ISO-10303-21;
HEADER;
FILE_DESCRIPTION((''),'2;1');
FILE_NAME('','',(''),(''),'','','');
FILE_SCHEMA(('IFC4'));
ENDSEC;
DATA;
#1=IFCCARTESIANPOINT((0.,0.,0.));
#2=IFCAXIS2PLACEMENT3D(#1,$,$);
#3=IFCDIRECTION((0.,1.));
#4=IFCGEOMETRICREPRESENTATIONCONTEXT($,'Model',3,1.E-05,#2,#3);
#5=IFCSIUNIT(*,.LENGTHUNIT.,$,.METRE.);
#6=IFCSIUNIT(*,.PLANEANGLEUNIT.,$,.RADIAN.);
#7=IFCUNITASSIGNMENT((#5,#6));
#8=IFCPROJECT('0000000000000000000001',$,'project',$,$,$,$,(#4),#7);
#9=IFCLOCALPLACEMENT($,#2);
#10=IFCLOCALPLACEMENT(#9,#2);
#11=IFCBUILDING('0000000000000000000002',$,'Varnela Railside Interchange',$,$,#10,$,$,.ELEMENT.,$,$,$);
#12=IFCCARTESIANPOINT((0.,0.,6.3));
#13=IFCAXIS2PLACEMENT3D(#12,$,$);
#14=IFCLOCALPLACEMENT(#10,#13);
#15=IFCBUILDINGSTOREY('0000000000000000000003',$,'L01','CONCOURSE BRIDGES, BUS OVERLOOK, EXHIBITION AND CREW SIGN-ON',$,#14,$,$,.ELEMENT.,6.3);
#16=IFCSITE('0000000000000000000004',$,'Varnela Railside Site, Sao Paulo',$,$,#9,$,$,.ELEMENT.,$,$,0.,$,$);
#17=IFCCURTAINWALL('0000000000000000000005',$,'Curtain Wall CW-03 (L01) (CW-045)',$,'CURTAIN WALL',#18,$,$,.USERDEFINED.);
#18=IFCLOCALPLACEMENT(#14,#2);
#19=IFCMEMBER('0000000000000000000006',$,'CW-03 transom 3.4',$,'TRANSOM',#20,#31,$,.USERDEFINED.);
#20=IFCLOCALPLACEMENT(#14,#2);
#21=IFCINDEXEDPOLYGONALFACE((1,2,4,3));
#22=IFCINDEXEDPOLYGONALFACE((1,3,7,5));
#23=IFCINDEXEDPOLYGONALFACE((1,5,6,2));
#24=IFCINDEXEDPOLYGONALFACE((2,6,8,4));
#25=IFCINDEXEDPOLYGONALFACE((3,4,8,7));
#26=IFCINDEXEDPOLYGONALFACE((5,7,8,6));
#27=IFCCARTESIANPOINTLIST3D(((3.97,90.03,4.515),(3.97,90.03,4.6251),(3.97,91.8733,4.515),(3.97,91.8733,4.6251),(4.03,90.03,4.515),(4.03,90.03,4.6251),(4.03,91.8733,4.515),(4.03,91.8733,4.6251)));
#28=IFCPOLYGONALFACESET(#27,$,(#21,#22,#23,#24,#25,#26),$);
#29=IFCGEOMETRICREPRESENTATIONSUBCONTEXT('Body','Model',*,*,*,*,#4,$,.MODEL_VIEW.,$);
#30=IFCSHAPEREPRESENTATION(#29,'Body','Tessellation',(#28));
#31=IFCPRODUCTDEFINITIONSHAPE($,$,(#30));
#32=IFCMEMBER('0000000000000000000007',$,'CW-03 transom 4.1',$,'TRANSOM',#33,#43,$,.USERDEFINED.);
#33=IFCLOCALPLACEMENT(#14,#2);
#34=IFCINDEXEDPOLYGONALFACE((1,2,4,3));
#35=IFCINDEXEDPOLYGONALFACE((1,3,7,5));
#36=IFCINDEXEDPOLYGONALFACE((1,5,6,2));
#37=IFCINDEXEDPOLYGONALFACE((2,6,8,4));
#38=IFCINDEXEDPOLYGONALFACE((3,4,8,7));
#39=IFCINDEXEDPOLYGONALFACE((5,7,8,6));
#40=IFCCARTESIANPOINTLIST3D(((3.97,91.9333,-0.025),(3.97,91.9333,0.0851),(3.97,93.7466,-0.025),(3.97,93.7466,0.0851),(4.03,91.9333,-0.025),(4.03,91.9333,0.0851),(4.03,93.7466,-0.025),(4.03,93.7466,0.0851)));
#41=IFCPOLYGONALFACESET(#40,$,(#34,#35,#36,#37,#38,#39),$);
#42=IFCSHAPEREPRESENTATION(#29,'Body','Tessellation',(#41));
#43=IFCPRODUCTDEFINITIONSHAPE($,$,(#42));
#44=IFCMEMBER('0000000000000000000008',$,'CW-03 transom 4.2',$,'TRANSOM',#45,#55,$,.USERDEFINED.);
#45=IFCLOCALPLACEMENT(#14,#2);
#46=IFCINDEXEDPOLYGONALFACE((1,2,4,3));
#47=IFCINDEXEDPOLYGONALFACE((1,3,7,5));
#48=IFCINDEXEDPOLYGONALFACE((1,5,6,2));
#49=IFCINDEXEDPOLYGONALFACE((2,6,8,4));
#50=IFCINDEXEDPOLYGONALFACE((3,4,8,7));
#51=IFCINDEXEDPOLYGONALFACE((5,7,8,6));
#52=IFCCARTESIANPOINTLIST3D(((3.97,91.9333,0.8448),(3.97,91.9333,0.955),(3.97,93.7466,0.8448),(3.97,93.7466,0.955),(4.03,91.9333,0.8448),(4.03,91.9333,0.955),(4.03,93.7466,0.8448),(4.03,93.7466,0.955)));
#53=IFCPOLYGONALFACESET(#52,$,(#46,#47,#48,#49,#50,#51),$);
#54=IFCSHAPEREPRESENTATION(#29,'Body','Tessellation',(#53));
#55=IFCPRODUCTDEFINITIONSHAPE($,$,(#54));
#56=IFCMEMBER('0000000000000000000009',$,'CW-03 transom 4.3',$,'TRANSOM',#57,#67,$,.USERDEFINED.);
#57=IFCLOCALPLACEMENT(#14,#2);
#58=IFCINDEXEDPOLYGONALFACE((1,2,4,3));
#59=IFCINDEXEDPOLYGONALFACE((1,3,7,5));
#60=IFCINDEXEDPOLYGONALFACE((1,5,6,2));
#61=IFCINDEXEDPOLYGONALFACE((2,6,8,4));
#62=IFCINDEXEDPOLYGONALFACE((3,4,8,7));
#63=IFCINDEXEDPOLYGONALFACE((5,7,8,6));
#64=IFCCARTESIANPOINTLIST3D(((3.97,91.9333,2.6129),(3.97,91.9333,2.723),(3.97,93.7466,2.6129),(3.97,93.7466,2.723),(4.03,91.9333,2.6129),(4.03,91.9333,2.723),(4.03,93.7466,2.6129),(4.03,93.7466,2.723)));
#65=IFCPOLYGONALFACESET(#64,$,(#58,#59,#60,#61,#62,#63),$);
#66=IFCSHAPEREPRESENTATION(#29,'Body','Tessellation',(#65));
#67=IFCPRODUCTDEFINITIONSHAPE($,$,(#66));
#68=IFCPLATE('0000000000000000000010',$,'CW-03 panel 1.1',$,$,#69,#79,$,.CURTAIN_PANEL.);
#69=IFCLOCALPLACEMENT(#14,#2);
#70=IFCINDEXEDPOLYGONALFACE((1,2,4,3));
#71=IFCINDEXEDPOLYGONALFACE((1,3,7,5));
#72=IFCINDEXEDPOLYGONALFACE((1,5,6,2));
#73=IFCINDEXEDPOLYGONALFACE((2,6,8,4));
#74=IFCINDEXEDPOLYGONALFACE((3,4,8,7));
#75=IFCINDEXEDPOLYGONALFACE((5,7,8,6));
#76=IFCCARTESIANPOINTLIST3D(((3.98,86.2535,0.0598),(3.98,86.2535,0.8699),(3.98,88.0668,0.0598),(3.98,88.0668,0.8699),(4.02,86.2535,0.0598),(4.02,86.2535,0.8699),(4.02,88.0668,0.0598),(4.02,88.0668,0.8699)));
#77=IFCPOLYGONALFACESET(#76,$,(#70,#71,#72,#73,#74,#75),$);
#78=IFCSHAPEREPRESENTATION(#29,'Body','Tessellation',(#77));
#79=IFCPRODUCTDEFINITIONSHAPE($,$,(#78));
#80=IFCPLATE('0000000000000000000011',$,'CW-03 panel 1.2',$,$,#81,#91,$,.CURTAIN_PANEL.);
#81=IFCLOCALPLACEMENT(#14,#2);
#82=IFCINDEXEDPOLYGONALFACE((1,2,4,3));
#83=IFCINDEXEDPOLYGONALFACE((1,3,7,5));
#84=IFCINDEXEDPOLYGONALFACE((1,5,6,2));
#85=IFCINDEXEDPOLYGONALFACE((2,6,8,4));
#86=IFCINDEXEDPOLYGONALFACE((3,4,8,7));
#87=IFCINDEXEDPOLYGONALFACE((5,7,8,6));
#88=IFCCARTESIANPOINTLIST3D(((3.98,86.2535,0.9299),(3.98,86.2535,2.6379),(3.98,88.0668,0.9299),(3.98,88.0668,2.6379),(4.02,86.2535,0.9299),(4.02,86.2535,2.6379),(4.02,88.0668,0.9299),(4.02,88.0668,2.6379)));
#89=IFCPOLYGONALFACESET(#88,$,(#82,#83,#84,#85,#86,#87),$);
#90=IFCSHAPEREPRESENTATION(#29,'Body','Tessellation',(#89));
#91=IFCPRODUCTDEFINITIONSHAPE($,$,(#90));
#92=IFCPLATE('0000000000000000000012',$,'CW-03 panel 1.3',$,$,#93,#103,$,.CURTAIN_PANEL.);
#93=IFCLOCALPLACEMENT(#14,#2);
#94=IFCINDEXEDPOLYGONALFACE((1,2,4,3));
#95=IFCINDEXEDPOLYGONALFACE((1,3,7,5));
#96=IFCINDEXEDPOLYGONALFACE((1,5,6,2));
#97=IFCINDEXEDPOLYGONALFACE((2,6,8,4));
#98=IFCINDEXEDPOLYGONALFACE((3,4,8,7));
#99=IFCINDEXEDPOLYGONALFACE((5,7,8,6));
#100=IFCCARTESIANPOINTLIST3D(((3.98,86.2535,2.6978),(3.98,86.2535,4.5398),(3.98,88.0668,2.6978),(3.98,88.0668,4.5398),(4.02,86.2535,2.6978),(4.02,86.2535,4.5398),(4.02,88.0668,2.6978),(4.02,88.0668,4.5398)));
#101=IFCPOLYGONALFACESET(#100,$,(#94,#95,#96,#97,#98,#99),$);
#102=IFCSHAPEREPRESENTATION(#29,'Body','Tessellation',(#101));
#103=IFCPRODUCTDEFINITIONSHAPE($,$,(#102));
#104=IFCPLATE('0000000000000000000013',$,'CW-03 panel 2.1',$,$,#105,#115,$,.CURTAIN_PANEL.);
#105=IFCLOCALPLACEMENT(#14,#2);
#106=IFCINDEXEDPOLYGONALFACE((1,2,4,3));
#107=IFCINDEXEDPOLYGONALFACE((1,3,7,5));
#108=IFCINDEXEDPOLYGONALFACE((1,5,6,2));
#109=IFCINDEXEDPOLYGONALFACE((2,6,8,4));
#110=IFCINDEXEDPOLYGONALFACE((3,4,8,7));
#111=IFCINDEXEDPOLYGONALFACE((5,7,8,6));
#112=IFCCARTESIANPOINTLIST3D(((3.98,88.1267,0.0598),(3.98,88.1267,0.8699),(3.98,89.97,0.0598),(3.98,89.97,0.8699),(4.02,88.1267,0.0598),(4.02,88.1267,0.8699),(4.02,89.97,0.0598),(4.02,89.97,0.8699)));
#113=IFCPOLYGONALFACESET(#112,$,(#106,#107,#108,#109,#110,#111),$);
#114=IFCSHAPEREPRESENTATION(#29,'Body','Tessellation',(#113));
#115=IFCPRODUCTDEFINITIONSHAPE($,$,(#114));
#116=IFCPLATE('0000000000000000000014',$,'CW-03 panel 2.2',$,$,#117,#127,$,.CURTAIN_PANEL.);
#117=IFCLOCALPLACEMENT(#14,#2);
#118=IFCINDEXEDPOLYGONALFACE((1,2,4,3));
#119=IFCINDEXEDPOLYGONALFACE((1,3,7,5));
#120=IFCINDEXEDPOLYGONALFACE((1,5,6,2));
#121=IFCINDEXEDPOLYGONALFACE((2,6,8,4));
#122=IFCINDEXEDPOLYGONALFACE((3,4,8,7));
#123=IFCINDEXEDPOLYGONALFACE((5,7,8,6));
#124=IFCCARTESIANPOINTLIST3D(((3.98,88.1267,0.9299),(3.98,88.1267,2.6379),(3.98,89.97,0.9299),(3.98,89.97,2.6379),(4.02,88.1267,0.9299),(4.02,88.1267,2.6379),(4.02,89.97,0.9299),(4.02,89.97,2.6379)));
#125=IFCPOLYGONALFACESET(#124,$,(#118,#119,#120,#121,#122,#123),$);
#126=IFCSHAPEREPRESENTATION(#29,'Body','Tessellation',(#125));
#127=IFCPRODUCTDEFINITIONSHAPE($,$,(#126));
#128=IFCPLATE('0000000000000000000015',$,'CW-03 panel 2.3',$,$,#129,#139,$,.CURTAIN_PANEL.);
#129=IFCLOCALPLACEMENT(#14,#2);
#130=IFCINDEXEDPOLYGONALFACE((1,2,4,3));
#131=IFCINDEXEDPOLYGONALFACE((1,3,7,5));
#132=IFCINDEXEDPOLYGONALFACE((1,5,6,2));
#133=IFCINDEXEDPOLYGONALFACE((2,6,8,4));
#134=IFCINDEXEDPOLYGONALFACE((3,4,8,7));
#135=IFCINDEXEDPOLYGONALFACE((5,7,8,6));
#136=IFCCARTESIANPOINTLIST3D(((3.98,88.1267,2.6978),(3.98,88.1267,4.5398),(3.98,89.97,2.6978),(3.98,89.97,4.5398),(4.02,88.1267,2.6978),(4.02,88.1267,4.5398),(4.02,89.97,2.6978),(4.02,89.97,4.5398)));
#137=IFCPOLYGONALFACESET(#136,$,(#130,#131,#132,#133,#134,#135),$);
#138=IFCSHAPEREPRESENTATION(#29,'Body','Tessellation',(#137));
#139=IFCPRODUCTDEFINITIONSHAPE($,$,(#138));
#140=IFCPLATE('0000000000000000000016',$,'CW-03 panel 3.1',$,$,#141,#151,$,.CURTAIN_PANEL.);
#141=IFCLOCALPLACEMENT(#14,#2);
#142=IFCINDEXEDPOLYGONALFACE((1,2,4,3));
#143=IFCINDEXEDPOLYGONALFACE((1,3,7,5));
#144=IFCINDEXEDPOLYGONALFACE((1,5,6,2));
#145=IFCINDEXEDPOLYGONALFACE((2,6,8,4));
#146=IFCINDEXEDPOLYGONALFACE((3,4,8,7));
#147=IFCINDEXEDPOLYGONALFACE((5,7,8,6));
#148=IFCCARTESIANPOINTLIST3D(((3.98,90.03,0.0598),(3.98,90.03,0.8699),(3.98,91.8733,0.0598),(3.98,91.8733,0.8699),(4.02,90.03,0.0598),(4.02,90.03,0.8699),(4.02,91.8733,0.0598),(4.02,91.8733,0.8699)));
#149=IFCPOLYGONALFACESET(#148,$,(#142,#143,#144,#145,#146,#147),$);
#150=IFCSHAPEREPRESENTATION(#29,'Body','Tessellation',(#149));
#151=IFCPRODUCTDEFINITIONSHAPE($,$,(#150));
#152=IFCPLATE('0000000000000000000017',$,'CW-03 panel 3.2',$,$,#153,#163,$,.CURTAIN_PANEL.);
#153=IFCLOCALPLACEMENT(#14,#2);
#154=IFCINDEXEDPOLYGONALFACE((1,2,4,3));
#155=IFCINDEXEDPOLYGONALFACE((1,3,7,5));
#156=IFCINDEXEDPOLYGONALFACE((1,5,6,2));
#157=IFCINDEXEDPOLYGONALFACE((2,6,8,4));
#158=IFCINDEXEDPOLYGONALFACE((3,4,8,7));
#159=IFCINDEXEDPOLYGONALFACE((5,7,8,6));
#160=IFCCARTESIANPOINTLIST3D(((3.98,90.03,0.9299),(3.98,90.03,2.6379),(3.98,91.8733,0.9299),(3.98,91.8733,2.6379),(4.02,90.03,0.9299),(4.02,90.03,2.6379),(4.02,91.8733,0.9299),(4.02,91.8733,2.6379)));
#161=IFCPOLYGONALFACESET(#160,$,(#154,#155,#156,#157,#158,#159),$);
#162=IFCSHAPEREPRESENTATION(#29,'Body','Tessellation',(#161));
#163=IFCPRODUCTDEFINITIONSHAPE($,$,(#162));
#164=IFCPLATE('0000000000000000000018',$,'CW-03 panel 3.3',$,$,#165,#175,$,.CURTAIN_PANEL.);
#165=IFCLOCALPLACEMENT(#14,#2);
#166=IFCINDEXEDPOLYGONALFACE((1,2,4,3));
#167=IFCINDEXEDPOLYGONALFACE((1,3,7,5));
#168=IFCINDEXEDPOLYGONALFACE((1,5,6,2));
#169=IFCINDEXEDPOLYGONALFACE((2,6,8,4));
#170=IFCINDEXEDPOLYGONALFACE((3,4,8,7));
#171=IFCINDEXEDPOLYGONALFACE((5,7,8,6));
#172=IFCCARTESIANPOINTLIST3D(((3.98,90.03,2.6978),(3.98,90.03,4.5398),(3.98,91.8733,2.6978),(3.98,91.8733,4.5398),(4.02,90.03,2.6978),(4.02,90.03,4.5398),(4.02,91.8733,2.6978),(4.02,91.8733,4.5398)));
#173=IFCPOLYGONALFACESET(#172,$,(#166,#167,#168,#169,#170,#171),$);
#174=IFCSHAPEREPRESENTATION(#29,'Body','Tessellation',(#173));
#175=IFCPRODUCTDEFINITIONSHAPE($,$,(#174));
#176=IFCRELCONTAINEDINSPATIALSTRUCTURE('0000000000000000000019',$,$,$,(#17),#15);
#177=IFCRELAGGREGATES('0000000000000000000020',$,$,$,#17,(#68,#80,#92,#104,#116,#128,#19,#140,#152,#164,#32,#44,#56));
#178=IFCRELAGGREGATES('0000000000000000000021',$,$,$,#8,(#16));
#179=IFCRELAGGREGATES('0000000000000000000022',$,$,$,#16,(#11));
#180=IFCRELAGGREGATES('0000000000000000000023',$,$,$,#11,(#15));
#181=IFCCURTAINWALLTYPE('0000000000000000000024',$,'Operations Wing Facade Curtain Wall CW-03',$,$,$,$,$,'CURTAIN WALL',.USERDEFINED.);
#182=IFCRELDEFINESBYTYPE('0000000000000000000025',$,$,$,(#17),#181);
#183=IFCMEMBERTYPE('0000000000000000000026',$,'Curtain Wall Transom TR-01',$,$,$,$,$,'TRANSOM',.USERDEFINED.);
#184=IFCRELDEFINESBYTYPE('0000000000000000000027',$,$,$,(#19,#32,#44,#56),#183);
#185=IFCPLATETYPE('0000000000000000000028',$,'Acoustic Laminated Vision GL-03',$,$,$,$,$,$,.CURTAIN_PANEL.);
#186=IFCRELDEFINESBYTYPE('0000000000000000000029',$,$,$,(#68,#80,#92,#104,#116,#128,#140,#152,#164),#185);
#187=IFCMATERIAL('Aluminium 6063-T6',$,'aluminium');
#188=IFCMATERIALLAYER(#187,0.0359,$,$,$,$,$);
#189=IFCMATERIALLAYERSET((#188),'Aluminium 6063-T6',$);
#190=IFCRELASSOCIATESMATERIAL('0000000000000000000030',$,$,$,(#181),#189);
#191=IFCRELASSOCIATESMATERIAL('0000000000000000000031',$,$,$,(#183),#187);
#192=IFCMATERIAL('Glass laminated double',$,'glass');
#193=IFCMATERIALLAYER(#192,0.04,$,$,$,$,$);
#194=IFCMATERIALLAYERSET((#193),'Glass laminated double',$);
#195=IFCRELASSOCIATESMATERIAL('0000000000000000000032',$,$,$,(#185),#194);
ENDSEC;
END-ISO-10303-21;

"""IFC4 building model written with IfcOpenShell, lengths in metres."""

from ifc_helpers import new_model, si_unit, direction, frame, origin, origin_2d, place, context, subcontext, project, spatial, rectangle, extrude, material, layer, layer_set, material_profile, profile_set, type_object, element, aggregate, save


model = new_model("IFC4")

# Units and contexts
model_context = context("Model", 3, precision=1e-05, world=origin(), true_north=direction((0.0, 1.0)))
body_context = subcontext(model_context, "Body", "Model", "MODEL_VIEW")
ifc_project = project(units=[si_unit("LENGTHUNIT", "METRE"), si_unit("PLANEANGLEUNIT", "RADIAN")], contexts=[model_context])

# Site, building, storey
site_placement = place(None, origin())
site = spatial("IfcSite", under=ifc_project, at=site_placement, Name="Varnela Railside Site, Sao Paulo", CompositionType="ELEMENT", RefElevation=0.0)
building_placement = place(site_placement, origin())
building = spatial("IfcBuilding", under=site, at=building_placement, Name="Varnela Railside Interchange", CompositionType="ELEMENT")
storey_placement = place(building_placement, frame((0.0, 0.0, 6.3)))
storey = spatial("IfcBuildingStorey", under=building, at=storey_placement, Name="L01", Description="CONCOURSE BRIDGES, BUS OVERLOOK, EXHIBITION AND CREW SIGN-ON", CompositionType="ELEMENT", Elevation=6.3)

# Curtain wall, members, plates
ifc_material_1 = material(Name="Aluminium 6063-T6", Category="aluminium")
ifc_layer_1 = layer(ifc_material_1, 0.0359)
ifc_layer_set_1 = layer_set([ifc_layer_1], Name="Aluminium 6063-T6")
curtain_wall_type = type_object("IfcCurtainWallType", Name="Operations Wing Facade Curtain Wall CW-03", ElementType="CURTAIN WALL", PredefinedType="USERDEFINED", material=ifc_layer_set_1)
curtain_wall_placement = place(storey_placement, origin())
curtain_wall = element("IfcCurtainWall", 1, at=curtain_wall_placement, inside=storey, type_object=curtain_wall_type, Name="Curtain Wall CW-03 (L01) (CW-045)", ObjectType="CURTAIN WALL", PredefinedType="USERDEFINED")
ifc_material_profile_1 = material_profile(ifc_material_1, rectangle(XDim=0.0601, YDim=0.1101, at=origin_2d()), Name="ALU 60x110")
ifc_profile_set_1 = profile_set([ifc_material_profile_1], Name="Aluminium 6063-T6")
member_type_1 = type_object("IfcMemberType", Name="Curtain Wall Transom TR-01", ElementType="TRANSOM", PredefinedType="USERDEFINED", material=ifc_profile_set_1)
member_1_placement = place(storey_placement, frame((4.0, 90.03, 4.5701), z_axis=(0.0, 1.0, 0.0), x_axis=(-1.0, 0.0, 0.0)))
member_1 = element("IfcMember", 2, at=member_1_placement, type_object=member_type_1, Name="CW-03 transom 3.4", ObjectType="TRANSOM", PredefinedType="USERDEFINED", context=body_context, shape_type="SweptSolid", body=[
    extrude(rectangle(XDim=0.0601, YDim=0.1101, at=origin_2d()), origin(), (0.0, 0.0, 1.0), 1.8433),
])
member_2_placement = place(storey_placement, frame((4.0, 91.9333, 0.03), z_axis=(0.0, 1.0, 0.0), x_axis=(-1.0, 0.0, 0.0)))
member_2 = element("IfcMember", 3, at=member_2_placement, type_object=member_type_1, Name="CW-03 transom 4.1", ObjectType="TRANSOM", PredefinedType="USERDEFINED", context=body_context, shape_type="SweptSolid", body=[
    extrude(rectangle(XDim=0.0601, YDim=0.1101, at=origin_2d()), origin(), (0.0, 0.0, 1.0), 1.8132),
])
member_3_placement = place(storey_placement, frame((4.0, 91.9333, 0.8999), z_axis=(0.0, 1.0, 0.0), x_axis=(-1.0, 0.0, 0.0)))
member_3 = element("IfcMember", 4, at=member_3_placement, type_object=member_type_1, Name="CW-03 transom 4.2", ObjectType="TRANSOM", PredefinedType="USERDEFINED", context=body_context, shape_type="SweptSolid", body=[
    extrude(rectangle(XDim=0.0601, YDim=0.1101, at=origin_2d()), origin(), (0.0, 0.0, 1.0), 1.8132),
])
member_4_placement = place(storey_placement, frame((4.0, 91.9333, 2.668), z_axis=(0.0, 1.0, 0.0), x_axis=(-1.0, 0.0, 0.0)))
member_4 = element("IfcMember", 5, at=member_4_placement, type_object=member_type_1, Name="CW-03 transom 4.3", ObjectType="TRANSOM", PredefinedType="USERDEFINED", context=body_context, shape_type="SweptSolid", body=[
    extrude(rectangle(XDim=0.0601, YDim=0.1101, at=origin_2d()), origin(), (0.0, 0.0, 1.0), 1.8132),
])
ifc_material_2 = material(Name="Glass laminated double", Category="glass")
ifc_layer_2 = layer(ifc_material_2, 0.04)
ifc_layer_set_2 = layer_set([ifc_layer_2], Name="Glass laminated double")
plate_type = type_object("IfcPlateType", Name="Acoustic Laminated Vision GL-03", PredefinedType="CURTAIN_PANEL", material=ifc_layer_set_2)
plate_1_placement = place(storey_placement, frame((4.0, 87.1602, 0.0598), z_axis=(0.0, 0.0, 1.0), x_axis=(0.0, 1.0, 0.0)))
plate_1 = element("IfcPlate", 6, at=plate_1_placement, type_object=plate_type, Name="CW-03 panel 1.1", PredefinedType="CURTAIN_PANEL", context=body_context, shape_type="SweptSolid", body=[
    extrude(rectangle(XDim=1.8132, YDim=0.04, at=origin_2d()), origin(), (0.0, 0.0, 1.0), 0.8101),
])
plate_2_placement = place(storey_placement, frame((4.0, 87.1602, 0.9299), z_axis=(0.0, 0.0, 1.0), x_axis=(0.0, 1.0, 0.0)))
plate_2 = element("IfcPlate", 7, at=plate_2_placement, type_object=plate_type, Name="CW-03 panel 1.2", PredefinedType="CURTAIN_PANEL", context=body_context, shape_type="SweptSolid", body=[
    extrude(rectangle(XDim=1.8132, YDim=0.04, at=origin_2d()), origin(), (0.0, 0.0, 1.0), 1.708),
])
plate_3_placement = place(storey_placement, frame((4.0, 87.1602, 2.6978), z_axis=(0.0, 0.0, 1.0), x_axis=(0.0, 1.0, 0.0)))
plate_3 = element("IfcPlate", 8, at=plate_3_placement, type_object=plate_type, Name="CW-03 panel 1.3", PredefinedType="CURTAIN_PANEL", context=body_context, shape_type="SweptSolid", body=[
    extrude(rectangle(XDim=1.8132, YDim=0.04, at=origin_2d()), origin(), (0.0, 0.0, 1.0), 1.842),
])
plate_4_placement = place(storey_placement, frame((4.0, 89.0483, 0.0598), z_axis=(0.0, 0.0, 1.0), x_axis=(0.0, 1.0, 0.0)))
plate_4 = element("IfcPlate", 9, at=plate_4_placement, type_object=plate_type, Name="CW-03 panel 2.1", PredefinedType="CURTAIN_PANEL", context=body_context, shape_type="SweptSolid", body=[
    extrude(rectangle(XDim=1.8433, YDim=0.04, at=origin_2d()), origin(), (0.0, 0.0, 1.0), 0.8101),
])
plate_5_placement = place(storey_placement, frame((4.0, 89.0483, 0.9299), z_axis=(0.0, 0.0, 1.0), x_axis=(0.0, 1.0, 0.0)))
plate_5 = element("IfcPlate", 10, at=plate_5_placement, type_object=plate_type, Name="CW-03 panel 2.2", PredefinedType="CURTAIN_PANEL", context=body_context, shape_type="SweptSolid", body=[
    extrude(rectangle(XDim=1.8433, YDim=0.04, at=origin_2d()), origin(), (0.0, 0.0, 1.0), 1.708),
])
plate_6_placement = place(storey_placement, frame((4.0, 89.0483, 2.6978), z_axis=(0.0, 0.0, 1.0), x_axis=(0.0, 1.0, 0.0)))
plate_6 = element("IfcPlate", 11, at=plate_6_placement, type_object=plate_type, Name="CW-03 panel 2.3", PredefinedType="CURTAIN_PANEL", context=body_context, shape_type="SweptSolid", body=[
    extrude(rectangle(XDim=1.8433, YDim=0.04, at=origin_2d()), origin(), (0.0, 0.0, 1.0), 1.842),
])
plate_7_placement = place(storey_placement, frame((4.0, 90.9517, 0.0598), z_axis=(0.0, 0.0, 1.0), x_axis=(0.0, 1.0, 0.0)))
plate_7 = element("IfcPlate", 12, at=plate_7_placement, type_object=plate_type, Name="CW-03 panel 3.1", PredefinedType="CURTAIN_PANEL", context=body_context, shape_type="SweptSolid", body=[
    extrude(rectangle(XDim=1.8433, YDim=0.04, at=origin_2d()), origin(), (0.0, 0.0, 1.0), 0.8101),
])
plate_8_placement = place(storey_placement, frame((4.0, 90.9517, 0.9299), z_axis=(0.0, 0.0, 1.0), x_axis=(0.0, 1.0, 0.0)))
plate_8 = element("IfcPlate", 13, at=plate_8_placement, type_object=plate_type, Name="CW-03 panel 3.2", PredefinedType="CURTAIN_PANEL", context=body_context, shape_type="SweptSolid", body=[
    extrude(rectangle(XDim=1.8433, YDim=0.04, at=origin_2d()), origin(), (0.0, 0.0, 1.0), 1.708),
])
plate_9_placement = place(storey_placement, frame((4.0, 90.9517, 2.6978), z_axis=(0.0, 0.0, 1.0), x_axis=(0.0, 1.0, 0.0)))
plate_9 = element("IfcPlate", 14, at=plate_9_placement, type_object=plate_type, Name="CW-03 panel 3.3", PredefinedType="CURTAIN_PANEL", context=body_context, shape_type="SweptSolid", body=[
    extrude(rectangle(XDim=1.8433, YDim=0.04, at=origin_2d()), origin(), (0.0, 0.0, 1.0), 1.842),
])
aggregate(curtain_wall, [plate_1, plate_2, plate_3, plate_4, plate_5, plate_6, member_1, plate_7, plate_8, plate_9, member_2, member_3, member_4])

save(model, "model.ifc")
